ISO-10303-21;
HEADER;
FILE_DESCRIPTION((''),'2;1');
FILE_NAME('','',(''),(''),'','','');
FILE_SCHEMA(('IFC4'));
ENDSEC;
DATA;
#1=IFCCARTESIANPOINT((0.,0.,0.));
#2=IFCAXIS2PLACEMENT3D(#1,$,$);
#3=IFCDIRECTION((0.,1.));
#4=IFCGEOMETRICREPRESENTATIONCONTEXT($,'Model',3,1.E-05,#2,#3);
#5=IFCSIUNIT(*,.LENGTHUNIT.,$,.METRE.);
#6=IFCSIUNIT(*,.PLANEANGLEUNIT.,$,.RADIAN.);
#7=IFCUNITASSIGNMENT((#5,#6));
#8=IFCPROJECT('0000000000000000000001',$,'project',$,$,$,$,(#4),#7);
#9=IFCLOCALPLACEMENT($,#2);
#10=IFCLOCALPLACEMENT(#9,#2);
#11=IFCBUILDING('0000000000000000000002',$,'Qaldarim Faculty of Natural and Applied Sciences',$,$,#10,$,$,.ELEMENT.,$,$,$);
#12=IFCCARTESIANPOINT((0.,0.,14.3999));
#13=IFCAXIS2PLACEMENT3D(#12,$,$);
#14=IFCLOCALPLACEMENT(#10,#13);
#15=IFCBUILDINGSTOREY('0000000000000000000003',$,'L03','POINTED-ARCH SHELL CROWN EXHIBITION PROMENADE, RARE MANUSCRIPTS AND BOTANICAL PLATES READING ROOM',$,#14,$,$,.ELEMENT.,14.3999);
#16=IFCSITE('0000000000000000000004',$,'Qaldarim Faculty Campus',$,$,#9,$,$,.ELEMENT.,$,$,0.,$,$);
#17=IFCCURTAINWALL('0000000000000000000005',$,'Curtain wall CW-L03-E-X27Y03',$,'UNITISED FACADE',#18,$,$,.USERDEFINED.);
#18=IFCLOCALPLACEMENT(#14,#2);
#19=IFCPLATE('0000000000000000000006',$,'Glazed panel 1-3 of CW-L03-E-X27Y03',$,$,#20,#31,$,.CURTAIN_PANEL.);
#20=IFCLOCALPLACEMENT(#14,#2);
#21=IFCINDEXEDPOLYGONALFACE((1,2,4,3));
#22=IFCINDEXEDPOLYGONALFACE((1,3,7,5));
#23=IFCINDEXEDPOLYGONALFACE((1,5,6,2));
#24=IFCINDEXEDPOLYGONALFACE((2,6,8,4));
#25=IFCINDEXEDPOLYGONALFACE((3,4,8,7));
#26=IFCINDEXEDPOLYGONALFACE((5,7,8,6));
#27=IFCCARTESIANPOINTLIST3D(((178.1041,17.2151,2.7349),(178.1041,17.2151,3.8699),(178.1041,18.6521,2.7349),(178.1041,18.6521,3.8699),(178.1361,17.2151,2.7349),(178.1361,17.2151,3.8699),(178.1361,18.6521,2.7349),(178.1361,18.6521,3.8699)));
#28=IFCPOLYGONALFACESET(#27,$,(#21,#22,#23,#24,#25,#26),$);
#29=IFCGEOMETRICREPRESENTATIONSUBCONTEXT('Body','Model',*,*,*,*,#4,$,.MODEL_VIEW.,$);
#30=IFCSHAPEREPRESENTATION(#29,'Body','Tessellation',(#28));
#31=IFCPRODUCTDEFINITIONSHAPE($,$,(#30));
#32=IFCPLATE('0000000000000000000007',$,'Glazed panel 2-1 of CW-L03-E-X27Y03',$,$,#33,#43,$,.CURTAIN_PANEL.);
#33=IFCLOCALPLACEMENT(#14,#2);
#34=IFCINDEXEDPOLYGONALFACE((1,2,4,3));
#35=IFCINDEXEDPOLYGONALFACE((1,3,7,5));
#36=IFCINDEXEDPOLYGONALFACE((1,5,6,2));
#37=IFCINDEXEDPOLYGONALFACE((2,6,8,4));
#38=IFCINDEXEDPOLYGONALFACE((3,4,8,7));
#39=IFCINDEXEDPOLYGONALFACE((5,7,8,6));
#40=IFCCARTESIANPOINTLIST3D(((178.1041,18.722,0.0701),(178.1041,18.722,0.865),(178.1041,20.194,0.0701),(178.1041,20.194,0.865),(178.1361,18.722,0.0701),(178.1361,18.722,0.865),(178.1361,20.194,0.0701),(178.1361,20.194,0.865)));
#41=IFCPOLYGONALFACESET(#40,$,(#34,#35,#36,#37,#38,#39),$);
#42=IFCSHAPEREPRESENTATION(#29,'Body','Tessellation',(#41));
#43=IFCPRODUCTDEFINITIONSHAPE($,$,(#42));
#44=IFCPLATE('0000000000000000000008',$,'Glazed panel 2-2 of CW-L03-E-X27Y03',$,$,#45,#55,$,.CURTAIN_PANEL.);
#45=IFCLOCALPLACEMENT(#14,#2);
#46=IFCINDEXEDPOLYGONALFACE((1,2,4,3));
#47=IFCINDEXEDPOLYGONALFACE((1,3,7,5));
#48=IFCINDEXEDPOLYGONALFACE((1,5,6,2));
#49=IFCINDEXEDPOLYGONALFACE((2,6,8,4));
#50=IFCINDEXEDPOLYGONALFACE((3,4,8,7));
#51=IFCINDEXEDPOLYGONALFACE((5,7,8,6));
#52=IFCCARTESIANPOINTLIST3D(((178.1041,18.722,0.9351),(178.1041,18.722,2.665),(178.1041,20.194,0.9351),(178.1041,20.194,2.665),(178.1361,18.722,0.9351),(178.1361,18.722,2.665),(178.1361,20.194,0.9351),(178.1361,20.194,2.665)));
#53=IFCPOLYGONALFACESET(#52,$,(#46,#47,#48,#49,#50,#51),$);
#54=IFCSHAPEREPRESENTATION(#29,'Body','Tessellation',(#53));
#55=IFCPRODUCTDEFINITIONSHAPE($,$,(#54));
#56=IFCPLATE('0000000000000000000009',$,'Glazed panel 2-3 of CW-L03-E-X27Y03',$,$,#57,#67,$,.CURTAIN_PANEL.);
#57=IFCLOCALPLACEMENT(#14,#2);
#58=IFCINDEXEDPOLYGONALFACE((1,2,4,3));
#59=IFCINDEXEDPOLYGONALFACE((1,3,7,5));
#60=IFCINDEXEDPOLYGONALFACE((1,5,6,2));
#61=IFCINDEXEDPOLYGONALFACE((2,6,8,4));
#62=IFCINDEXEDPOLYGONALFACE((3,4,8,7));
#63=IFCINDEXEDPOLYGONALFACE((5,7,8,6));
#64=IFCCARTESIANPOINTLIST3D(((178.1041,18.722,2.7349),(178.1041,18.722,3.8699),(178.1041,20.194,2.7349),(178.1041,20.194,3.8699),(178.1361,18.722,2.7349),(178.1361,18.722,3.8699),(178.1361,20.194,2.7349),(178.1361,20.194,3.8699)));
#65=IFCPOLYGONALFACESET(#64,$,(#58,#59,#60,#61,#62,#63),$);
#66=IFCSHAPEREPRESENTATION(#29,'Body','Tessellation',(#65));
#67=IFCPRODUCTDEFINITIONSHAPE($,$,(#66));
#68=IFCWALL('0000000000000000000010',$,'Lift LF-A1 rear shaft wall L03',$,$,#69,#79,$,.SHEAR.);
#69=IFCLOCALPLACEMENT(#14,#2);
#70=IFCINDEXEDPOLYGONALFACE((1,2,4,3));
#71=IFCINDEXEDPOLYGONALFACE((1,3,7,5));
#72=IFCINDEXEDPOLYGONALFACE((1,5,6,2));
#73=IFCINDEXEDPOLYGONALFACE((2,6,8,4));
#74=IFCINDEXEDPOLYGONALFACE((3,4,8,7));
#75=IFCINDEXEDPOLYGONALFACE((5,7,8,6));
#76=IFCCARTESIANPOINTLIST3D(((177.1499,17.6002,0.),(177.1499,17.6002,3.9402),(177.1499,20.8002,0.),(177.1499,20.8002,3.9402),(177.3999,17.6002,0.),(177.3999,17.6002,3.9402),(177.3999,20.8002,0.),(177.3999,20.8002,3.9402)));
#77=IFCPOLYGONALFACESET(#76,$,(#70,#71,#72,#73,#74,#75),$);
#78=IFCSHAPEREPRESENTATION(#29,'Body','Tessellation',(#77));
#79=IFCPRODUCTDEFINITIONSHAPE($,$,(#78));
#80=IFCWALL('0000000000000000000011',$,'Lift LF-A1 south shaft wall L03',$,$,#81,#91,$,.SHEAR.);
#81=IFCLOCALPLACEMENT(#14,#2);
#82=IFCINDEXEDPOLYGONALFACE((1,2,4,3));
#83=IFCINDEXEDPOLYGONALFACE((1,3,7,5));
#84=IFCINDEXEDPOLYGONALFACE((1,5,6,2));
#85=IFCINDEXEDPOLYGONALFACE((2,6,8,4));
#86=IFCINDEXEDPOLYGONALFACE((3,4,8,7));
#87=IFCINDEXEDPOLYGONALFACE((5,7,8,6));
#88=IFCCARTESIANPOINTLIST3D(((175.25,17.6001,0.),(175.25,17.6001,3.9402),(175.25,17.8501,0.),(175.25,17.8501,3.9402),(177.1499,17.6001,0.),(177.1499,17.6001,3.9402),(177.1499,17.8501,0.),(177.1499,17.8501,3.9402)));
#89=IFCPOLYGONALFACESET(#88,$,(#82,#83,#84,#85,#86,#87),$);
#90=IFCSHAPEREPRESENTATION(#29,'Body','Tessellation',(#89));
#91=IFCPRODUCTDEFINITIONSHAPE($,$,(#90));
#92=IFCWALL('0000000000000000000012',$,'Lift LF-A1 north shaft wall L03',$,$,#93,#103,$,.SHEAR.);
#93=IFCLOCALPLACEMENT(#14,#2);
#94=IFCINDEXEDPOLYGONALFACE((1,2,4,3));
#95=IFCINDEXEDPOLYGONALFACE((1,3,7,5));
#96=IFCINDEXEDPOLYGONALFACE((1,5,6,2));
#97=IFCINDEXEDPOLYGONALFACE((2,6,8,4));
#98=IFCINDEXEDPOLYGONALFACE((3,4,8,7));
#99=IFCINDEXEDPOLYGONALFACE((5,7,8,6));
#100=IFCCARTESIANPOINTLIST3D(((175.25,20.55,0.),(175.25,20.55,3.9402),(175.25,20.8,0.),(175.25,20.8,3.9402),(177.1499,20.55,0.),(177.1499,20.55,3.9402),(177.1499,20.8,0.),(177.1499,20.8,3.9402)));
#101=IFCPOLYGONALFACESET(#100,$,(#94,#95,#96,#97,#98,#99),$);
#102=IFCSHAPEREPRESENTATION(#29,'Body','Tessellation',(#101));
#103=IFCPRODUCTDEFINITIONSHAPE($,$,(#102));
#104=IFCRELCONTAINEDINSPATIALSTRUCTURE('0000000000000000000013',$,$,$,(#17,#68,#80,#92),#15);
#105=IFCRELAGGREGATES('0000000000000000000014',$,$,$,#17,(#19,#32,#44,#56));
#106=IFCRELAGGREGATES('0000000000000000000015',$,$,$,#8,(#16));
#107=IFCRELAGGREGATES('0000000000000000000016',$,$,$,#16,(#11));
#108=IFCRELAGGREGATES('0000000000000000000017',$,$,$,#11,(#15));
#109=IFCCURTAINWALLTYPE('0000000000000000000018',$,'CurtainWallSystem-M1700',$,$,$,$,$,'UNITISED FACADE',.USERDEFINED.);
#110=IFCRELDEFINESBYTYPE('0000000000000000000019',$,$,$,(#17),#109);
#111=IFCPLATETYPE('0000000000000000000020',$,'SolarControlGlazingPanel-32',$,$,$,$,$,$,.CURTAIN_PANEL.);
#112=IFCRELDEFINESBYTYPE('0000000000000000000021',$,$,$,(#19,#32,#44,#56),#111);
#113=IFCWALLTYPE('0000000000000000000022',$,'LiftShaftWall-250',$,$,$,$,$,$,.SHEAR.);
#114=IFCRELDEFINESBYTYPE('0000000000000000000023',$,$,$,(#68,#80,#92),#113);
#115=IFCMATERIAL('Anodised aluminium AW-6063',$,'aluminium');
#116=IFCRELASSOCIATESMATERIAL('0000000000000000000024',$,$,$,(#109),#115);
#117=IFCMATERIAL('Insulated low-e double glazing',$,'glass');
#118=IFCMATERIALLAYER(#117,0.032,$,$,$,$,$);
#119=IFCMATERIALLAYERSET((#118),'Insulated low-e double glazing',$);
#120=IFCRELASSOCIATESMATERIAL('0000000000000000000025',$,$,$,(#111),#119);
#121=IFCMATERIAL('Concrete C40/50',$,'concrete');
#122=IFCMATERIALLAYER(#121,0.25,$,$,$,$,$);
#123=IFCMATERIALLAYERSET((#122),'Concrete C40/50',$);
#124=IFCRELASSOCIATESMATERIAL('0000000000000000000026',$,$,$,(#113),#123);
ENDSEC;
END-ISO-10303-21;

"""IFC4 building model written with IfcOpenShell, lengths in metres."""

from ifc_helpers import new_model, si_unit, direction, frame, frame_2d, origin, origin_2d, place, context, subcontext, project, spatial, rectangle, extrude, material, layer, layer_set, type_object, element, aggregate, save


model = new_model("IFC4")

# Units and contexts
model_context = context("Model", 3, precision=1e-05, world=origin(), true_north=direction((0.0, 1.0)))
body_context = subcontext(model_context, "Body", "Model", "MODEL_VIEW")
ifc_project = project(units=[si_unit("LENGTHUNIT", "METRE"), si_unit("PLANEANGLEUNIT", "RADIAN")], contexts=[model_context])

# Site, building, storey
site_placement = place(None, origin())
site = spatial("IfcSite", under=ifc_project, at=site_placement, Name="Qaldarim Faculty Campus", CompositionType="ELEMENT", RefElevation=0.0)
building_placement = place(site_placement, origin())
building = spatial("IfcBuilding", under=site, at=building_placement, Name="Qaldarim Faculty of Natural and Applied Sciences", CompositionType="ELEMENT")
storey_placement = place(building_placement, frame((0.0, 0.0, 14.3999)))
storey = spatial("IfcBuildingStorey", under=building, at=storey_placement, Name="L03", Description="POINTED-ARCH SHELL CROWN EXHIBITION PROMENADE, RARE MANUSCRIPTS AND BOTANICAL PLATES READING ROOM", CompositionType="ELEMENT", Elevation=14.3999)

# Curtain wall
ifc_material_1 = material(Name="Anodised aluminium AW-6063", Category="aluminium")
curtain_wall_type = type_object("IfcCurtainWallType", Name="CurtainWallSystem-M1700", ElementType="UNITISED FACADE", PredefinedType="USERDEFINED", material=ifc_material_1)
curtain_wall_placement = place(storey_placement, origin())
curtain_wall = element("IfcCurtainWall", 1, at=curtain_wall_placement, inside=storey, type_object=curtain_wall_type, Name="Curtain wall CW-L03-E-X27Y03", ObjectType="UNITISED FACADE", PredefinedType="USERDEFINED")

# Shared definitions
ifc_material_2 = material(Name="Concrete C40/50", Category="concrete")

# Plates
ifc_material_3 = material(Name="Insulated low-e double glazing", Category="glass")
ifc_layer_1 = layer(ifc_material_3, 0.032)
ifc_layer_set_1 = layer_set([ifc_layer_1], Name="Insulated low-e double glazing")
plate_type = type_object("IfcPlateType", Name="SolarControlGlazingPanel-32", PredefinedType="CURTAIN_PANEL", material=ifc_layer_set_1)
plate_1_placement = place(storey_placement, frame((178.1201, 17.9336, 2.7349), z_axis=(0.0, 0.0, 1.0), x_axis=(0.0, 1.0, 0.0)))
plate_1 = element("IfcPlate", 2, at=plate_1_placement, type_object=plate_type, Name="Glazed panel 1-3 of CW-L03-E-X27Y03", PredefinedType="CURTAIN_PANEL", context=body_context, shape_type="SweptSolid", body=[
    extrude(rectangle(XDim=1.437, YDim=0.032, at=origin_2d()), origin(), (0.0, 0.0, 1.0), 1.135),
])
plate_2_placement = place(storey_placement, frame((178.1201, 19.458, 0.0701), z_axis=(0.0, 0.0, 1.0), x_axis=(0.0, 1.0, 0.0)))
plate_2 = element("IfcPlate", 3, at=plate_2_placement, type_object=plate_type, Name="Glazed panel 2-1 of CW-L03-E-X27Y03", PredefinedType="CURTAIN_PANEL", context=body_context, shape_type="SweptSolid", body=[
    extrude(rectangle(XDim=1.4719, YDim=0.032, at=origin_2d()), origin(), (0.0, 0.0, 1.0), 0.7949),
])
plate_3_placement = place(storey_placement, frame((178.1201, 19.458, 0.9351), z_axis=(0.0, 0.0, 1.0), x_axis=(0.0, 1.0, 0.0)))
plate_3 = element("IfcPlate", 4, at=plate_3_placement, type_object=plate_type, Name="Glazed panel 2-2 of CW-L03-E-X27Y03", PredefinedType="CURTAIN_PANEL", context=body_context, shape_type="SweptSolid", body=[
    extrude(rectangle(XDim=1.4719, YDim=0.032, at=origin_2d()), origin(), (0.0, 0.0, 1.0), 1.73),
])
plate_4_placement = place(storey_placement, frame((178.1201, 19.458, 2.7349), z_axis=(0.0, 0.0, 1.0), x_axis=(0.0, 1.0, 0.0)))
plate_4 = element("IfcPlate", 5, at=plate_4_placement, type_object=plate_type, Name="Glazed panel 2-3 of CW-L03-E-X27Y03", PredefinedType="CURTAIN_PANEL", context=body_context, shape_type="SweptSolid", body=[
    extrude(rectangle(XDim=1.4719, YDim=0.032, at=origin_2d()), origin(), (0.0, 0.0, 1.0), 1.135),
])
aggregate(curtain_wall, [plate_1, plate_2, plate_3, plate_4])

# Shared definitions
ifc_layer_2 = layer(ifc_material_2, 0.25)
ifc_layer_set_2 = layer_set([ifc_layer_2], Name="Concrete C40/50")
wall_type = type_object("IfcWallType", Name="LiftShaftWall-250", PredefinedType="SHEAR", material=ifc_layer_set_2)

# Walls
wall_1_placement = place(storey_placement, frame((177.2749, 17.6001, 0.0), z_axis=(0.0, 0.0, 1.0), x_axis=(0.0, 1.0, 0.0)))
element("IfcWall", 6, at=wall_1_placement, inside=storey, type_object=wall_type, Name="Lift LF-A1 rear shaft wall L03", PredefinedType="SHEAR", context=body_context, shape_type="SweptSolid", body=[
    extrude(rectangle(XDim=3.2, YDim=0.25, at=frame_2d((1.6001, 0.0))), origin(), (0.0, 0.0, 1.0), 3.9402),
])
for number, where, z_axis, x_axis, name in (
    (7, (175.25, 17.7251, 0.0), (0.0, 0.0, 1.0), (1.0, 0.0, 0.0), "Lift LF-A1 south shaft wall L03"),
    (8, (175.25, 20.675, 0.0), (0.0, 0.0, 1.0), (1.0, 0.0, 0.0), "Lift LF-A1 north shaft wall L03"),
):
    element("IfcWall", number, at=place(storey_placement, frame(where, z_axis=z_axis, x_axis=x_axis)), inside=storey, type_object=wall_type, Name=name, PredefinedType="SHEAR", context=body_context, shape_type="SweptSolid", body=[
        extrude(rectangle(XDim=1.8999, YDim=0.25, at=frame_2d((0.95, 0.0))), origin(), (0.0, 0.0, 1.0), 3.9402),
    ])

save(model, "model.ifc")
